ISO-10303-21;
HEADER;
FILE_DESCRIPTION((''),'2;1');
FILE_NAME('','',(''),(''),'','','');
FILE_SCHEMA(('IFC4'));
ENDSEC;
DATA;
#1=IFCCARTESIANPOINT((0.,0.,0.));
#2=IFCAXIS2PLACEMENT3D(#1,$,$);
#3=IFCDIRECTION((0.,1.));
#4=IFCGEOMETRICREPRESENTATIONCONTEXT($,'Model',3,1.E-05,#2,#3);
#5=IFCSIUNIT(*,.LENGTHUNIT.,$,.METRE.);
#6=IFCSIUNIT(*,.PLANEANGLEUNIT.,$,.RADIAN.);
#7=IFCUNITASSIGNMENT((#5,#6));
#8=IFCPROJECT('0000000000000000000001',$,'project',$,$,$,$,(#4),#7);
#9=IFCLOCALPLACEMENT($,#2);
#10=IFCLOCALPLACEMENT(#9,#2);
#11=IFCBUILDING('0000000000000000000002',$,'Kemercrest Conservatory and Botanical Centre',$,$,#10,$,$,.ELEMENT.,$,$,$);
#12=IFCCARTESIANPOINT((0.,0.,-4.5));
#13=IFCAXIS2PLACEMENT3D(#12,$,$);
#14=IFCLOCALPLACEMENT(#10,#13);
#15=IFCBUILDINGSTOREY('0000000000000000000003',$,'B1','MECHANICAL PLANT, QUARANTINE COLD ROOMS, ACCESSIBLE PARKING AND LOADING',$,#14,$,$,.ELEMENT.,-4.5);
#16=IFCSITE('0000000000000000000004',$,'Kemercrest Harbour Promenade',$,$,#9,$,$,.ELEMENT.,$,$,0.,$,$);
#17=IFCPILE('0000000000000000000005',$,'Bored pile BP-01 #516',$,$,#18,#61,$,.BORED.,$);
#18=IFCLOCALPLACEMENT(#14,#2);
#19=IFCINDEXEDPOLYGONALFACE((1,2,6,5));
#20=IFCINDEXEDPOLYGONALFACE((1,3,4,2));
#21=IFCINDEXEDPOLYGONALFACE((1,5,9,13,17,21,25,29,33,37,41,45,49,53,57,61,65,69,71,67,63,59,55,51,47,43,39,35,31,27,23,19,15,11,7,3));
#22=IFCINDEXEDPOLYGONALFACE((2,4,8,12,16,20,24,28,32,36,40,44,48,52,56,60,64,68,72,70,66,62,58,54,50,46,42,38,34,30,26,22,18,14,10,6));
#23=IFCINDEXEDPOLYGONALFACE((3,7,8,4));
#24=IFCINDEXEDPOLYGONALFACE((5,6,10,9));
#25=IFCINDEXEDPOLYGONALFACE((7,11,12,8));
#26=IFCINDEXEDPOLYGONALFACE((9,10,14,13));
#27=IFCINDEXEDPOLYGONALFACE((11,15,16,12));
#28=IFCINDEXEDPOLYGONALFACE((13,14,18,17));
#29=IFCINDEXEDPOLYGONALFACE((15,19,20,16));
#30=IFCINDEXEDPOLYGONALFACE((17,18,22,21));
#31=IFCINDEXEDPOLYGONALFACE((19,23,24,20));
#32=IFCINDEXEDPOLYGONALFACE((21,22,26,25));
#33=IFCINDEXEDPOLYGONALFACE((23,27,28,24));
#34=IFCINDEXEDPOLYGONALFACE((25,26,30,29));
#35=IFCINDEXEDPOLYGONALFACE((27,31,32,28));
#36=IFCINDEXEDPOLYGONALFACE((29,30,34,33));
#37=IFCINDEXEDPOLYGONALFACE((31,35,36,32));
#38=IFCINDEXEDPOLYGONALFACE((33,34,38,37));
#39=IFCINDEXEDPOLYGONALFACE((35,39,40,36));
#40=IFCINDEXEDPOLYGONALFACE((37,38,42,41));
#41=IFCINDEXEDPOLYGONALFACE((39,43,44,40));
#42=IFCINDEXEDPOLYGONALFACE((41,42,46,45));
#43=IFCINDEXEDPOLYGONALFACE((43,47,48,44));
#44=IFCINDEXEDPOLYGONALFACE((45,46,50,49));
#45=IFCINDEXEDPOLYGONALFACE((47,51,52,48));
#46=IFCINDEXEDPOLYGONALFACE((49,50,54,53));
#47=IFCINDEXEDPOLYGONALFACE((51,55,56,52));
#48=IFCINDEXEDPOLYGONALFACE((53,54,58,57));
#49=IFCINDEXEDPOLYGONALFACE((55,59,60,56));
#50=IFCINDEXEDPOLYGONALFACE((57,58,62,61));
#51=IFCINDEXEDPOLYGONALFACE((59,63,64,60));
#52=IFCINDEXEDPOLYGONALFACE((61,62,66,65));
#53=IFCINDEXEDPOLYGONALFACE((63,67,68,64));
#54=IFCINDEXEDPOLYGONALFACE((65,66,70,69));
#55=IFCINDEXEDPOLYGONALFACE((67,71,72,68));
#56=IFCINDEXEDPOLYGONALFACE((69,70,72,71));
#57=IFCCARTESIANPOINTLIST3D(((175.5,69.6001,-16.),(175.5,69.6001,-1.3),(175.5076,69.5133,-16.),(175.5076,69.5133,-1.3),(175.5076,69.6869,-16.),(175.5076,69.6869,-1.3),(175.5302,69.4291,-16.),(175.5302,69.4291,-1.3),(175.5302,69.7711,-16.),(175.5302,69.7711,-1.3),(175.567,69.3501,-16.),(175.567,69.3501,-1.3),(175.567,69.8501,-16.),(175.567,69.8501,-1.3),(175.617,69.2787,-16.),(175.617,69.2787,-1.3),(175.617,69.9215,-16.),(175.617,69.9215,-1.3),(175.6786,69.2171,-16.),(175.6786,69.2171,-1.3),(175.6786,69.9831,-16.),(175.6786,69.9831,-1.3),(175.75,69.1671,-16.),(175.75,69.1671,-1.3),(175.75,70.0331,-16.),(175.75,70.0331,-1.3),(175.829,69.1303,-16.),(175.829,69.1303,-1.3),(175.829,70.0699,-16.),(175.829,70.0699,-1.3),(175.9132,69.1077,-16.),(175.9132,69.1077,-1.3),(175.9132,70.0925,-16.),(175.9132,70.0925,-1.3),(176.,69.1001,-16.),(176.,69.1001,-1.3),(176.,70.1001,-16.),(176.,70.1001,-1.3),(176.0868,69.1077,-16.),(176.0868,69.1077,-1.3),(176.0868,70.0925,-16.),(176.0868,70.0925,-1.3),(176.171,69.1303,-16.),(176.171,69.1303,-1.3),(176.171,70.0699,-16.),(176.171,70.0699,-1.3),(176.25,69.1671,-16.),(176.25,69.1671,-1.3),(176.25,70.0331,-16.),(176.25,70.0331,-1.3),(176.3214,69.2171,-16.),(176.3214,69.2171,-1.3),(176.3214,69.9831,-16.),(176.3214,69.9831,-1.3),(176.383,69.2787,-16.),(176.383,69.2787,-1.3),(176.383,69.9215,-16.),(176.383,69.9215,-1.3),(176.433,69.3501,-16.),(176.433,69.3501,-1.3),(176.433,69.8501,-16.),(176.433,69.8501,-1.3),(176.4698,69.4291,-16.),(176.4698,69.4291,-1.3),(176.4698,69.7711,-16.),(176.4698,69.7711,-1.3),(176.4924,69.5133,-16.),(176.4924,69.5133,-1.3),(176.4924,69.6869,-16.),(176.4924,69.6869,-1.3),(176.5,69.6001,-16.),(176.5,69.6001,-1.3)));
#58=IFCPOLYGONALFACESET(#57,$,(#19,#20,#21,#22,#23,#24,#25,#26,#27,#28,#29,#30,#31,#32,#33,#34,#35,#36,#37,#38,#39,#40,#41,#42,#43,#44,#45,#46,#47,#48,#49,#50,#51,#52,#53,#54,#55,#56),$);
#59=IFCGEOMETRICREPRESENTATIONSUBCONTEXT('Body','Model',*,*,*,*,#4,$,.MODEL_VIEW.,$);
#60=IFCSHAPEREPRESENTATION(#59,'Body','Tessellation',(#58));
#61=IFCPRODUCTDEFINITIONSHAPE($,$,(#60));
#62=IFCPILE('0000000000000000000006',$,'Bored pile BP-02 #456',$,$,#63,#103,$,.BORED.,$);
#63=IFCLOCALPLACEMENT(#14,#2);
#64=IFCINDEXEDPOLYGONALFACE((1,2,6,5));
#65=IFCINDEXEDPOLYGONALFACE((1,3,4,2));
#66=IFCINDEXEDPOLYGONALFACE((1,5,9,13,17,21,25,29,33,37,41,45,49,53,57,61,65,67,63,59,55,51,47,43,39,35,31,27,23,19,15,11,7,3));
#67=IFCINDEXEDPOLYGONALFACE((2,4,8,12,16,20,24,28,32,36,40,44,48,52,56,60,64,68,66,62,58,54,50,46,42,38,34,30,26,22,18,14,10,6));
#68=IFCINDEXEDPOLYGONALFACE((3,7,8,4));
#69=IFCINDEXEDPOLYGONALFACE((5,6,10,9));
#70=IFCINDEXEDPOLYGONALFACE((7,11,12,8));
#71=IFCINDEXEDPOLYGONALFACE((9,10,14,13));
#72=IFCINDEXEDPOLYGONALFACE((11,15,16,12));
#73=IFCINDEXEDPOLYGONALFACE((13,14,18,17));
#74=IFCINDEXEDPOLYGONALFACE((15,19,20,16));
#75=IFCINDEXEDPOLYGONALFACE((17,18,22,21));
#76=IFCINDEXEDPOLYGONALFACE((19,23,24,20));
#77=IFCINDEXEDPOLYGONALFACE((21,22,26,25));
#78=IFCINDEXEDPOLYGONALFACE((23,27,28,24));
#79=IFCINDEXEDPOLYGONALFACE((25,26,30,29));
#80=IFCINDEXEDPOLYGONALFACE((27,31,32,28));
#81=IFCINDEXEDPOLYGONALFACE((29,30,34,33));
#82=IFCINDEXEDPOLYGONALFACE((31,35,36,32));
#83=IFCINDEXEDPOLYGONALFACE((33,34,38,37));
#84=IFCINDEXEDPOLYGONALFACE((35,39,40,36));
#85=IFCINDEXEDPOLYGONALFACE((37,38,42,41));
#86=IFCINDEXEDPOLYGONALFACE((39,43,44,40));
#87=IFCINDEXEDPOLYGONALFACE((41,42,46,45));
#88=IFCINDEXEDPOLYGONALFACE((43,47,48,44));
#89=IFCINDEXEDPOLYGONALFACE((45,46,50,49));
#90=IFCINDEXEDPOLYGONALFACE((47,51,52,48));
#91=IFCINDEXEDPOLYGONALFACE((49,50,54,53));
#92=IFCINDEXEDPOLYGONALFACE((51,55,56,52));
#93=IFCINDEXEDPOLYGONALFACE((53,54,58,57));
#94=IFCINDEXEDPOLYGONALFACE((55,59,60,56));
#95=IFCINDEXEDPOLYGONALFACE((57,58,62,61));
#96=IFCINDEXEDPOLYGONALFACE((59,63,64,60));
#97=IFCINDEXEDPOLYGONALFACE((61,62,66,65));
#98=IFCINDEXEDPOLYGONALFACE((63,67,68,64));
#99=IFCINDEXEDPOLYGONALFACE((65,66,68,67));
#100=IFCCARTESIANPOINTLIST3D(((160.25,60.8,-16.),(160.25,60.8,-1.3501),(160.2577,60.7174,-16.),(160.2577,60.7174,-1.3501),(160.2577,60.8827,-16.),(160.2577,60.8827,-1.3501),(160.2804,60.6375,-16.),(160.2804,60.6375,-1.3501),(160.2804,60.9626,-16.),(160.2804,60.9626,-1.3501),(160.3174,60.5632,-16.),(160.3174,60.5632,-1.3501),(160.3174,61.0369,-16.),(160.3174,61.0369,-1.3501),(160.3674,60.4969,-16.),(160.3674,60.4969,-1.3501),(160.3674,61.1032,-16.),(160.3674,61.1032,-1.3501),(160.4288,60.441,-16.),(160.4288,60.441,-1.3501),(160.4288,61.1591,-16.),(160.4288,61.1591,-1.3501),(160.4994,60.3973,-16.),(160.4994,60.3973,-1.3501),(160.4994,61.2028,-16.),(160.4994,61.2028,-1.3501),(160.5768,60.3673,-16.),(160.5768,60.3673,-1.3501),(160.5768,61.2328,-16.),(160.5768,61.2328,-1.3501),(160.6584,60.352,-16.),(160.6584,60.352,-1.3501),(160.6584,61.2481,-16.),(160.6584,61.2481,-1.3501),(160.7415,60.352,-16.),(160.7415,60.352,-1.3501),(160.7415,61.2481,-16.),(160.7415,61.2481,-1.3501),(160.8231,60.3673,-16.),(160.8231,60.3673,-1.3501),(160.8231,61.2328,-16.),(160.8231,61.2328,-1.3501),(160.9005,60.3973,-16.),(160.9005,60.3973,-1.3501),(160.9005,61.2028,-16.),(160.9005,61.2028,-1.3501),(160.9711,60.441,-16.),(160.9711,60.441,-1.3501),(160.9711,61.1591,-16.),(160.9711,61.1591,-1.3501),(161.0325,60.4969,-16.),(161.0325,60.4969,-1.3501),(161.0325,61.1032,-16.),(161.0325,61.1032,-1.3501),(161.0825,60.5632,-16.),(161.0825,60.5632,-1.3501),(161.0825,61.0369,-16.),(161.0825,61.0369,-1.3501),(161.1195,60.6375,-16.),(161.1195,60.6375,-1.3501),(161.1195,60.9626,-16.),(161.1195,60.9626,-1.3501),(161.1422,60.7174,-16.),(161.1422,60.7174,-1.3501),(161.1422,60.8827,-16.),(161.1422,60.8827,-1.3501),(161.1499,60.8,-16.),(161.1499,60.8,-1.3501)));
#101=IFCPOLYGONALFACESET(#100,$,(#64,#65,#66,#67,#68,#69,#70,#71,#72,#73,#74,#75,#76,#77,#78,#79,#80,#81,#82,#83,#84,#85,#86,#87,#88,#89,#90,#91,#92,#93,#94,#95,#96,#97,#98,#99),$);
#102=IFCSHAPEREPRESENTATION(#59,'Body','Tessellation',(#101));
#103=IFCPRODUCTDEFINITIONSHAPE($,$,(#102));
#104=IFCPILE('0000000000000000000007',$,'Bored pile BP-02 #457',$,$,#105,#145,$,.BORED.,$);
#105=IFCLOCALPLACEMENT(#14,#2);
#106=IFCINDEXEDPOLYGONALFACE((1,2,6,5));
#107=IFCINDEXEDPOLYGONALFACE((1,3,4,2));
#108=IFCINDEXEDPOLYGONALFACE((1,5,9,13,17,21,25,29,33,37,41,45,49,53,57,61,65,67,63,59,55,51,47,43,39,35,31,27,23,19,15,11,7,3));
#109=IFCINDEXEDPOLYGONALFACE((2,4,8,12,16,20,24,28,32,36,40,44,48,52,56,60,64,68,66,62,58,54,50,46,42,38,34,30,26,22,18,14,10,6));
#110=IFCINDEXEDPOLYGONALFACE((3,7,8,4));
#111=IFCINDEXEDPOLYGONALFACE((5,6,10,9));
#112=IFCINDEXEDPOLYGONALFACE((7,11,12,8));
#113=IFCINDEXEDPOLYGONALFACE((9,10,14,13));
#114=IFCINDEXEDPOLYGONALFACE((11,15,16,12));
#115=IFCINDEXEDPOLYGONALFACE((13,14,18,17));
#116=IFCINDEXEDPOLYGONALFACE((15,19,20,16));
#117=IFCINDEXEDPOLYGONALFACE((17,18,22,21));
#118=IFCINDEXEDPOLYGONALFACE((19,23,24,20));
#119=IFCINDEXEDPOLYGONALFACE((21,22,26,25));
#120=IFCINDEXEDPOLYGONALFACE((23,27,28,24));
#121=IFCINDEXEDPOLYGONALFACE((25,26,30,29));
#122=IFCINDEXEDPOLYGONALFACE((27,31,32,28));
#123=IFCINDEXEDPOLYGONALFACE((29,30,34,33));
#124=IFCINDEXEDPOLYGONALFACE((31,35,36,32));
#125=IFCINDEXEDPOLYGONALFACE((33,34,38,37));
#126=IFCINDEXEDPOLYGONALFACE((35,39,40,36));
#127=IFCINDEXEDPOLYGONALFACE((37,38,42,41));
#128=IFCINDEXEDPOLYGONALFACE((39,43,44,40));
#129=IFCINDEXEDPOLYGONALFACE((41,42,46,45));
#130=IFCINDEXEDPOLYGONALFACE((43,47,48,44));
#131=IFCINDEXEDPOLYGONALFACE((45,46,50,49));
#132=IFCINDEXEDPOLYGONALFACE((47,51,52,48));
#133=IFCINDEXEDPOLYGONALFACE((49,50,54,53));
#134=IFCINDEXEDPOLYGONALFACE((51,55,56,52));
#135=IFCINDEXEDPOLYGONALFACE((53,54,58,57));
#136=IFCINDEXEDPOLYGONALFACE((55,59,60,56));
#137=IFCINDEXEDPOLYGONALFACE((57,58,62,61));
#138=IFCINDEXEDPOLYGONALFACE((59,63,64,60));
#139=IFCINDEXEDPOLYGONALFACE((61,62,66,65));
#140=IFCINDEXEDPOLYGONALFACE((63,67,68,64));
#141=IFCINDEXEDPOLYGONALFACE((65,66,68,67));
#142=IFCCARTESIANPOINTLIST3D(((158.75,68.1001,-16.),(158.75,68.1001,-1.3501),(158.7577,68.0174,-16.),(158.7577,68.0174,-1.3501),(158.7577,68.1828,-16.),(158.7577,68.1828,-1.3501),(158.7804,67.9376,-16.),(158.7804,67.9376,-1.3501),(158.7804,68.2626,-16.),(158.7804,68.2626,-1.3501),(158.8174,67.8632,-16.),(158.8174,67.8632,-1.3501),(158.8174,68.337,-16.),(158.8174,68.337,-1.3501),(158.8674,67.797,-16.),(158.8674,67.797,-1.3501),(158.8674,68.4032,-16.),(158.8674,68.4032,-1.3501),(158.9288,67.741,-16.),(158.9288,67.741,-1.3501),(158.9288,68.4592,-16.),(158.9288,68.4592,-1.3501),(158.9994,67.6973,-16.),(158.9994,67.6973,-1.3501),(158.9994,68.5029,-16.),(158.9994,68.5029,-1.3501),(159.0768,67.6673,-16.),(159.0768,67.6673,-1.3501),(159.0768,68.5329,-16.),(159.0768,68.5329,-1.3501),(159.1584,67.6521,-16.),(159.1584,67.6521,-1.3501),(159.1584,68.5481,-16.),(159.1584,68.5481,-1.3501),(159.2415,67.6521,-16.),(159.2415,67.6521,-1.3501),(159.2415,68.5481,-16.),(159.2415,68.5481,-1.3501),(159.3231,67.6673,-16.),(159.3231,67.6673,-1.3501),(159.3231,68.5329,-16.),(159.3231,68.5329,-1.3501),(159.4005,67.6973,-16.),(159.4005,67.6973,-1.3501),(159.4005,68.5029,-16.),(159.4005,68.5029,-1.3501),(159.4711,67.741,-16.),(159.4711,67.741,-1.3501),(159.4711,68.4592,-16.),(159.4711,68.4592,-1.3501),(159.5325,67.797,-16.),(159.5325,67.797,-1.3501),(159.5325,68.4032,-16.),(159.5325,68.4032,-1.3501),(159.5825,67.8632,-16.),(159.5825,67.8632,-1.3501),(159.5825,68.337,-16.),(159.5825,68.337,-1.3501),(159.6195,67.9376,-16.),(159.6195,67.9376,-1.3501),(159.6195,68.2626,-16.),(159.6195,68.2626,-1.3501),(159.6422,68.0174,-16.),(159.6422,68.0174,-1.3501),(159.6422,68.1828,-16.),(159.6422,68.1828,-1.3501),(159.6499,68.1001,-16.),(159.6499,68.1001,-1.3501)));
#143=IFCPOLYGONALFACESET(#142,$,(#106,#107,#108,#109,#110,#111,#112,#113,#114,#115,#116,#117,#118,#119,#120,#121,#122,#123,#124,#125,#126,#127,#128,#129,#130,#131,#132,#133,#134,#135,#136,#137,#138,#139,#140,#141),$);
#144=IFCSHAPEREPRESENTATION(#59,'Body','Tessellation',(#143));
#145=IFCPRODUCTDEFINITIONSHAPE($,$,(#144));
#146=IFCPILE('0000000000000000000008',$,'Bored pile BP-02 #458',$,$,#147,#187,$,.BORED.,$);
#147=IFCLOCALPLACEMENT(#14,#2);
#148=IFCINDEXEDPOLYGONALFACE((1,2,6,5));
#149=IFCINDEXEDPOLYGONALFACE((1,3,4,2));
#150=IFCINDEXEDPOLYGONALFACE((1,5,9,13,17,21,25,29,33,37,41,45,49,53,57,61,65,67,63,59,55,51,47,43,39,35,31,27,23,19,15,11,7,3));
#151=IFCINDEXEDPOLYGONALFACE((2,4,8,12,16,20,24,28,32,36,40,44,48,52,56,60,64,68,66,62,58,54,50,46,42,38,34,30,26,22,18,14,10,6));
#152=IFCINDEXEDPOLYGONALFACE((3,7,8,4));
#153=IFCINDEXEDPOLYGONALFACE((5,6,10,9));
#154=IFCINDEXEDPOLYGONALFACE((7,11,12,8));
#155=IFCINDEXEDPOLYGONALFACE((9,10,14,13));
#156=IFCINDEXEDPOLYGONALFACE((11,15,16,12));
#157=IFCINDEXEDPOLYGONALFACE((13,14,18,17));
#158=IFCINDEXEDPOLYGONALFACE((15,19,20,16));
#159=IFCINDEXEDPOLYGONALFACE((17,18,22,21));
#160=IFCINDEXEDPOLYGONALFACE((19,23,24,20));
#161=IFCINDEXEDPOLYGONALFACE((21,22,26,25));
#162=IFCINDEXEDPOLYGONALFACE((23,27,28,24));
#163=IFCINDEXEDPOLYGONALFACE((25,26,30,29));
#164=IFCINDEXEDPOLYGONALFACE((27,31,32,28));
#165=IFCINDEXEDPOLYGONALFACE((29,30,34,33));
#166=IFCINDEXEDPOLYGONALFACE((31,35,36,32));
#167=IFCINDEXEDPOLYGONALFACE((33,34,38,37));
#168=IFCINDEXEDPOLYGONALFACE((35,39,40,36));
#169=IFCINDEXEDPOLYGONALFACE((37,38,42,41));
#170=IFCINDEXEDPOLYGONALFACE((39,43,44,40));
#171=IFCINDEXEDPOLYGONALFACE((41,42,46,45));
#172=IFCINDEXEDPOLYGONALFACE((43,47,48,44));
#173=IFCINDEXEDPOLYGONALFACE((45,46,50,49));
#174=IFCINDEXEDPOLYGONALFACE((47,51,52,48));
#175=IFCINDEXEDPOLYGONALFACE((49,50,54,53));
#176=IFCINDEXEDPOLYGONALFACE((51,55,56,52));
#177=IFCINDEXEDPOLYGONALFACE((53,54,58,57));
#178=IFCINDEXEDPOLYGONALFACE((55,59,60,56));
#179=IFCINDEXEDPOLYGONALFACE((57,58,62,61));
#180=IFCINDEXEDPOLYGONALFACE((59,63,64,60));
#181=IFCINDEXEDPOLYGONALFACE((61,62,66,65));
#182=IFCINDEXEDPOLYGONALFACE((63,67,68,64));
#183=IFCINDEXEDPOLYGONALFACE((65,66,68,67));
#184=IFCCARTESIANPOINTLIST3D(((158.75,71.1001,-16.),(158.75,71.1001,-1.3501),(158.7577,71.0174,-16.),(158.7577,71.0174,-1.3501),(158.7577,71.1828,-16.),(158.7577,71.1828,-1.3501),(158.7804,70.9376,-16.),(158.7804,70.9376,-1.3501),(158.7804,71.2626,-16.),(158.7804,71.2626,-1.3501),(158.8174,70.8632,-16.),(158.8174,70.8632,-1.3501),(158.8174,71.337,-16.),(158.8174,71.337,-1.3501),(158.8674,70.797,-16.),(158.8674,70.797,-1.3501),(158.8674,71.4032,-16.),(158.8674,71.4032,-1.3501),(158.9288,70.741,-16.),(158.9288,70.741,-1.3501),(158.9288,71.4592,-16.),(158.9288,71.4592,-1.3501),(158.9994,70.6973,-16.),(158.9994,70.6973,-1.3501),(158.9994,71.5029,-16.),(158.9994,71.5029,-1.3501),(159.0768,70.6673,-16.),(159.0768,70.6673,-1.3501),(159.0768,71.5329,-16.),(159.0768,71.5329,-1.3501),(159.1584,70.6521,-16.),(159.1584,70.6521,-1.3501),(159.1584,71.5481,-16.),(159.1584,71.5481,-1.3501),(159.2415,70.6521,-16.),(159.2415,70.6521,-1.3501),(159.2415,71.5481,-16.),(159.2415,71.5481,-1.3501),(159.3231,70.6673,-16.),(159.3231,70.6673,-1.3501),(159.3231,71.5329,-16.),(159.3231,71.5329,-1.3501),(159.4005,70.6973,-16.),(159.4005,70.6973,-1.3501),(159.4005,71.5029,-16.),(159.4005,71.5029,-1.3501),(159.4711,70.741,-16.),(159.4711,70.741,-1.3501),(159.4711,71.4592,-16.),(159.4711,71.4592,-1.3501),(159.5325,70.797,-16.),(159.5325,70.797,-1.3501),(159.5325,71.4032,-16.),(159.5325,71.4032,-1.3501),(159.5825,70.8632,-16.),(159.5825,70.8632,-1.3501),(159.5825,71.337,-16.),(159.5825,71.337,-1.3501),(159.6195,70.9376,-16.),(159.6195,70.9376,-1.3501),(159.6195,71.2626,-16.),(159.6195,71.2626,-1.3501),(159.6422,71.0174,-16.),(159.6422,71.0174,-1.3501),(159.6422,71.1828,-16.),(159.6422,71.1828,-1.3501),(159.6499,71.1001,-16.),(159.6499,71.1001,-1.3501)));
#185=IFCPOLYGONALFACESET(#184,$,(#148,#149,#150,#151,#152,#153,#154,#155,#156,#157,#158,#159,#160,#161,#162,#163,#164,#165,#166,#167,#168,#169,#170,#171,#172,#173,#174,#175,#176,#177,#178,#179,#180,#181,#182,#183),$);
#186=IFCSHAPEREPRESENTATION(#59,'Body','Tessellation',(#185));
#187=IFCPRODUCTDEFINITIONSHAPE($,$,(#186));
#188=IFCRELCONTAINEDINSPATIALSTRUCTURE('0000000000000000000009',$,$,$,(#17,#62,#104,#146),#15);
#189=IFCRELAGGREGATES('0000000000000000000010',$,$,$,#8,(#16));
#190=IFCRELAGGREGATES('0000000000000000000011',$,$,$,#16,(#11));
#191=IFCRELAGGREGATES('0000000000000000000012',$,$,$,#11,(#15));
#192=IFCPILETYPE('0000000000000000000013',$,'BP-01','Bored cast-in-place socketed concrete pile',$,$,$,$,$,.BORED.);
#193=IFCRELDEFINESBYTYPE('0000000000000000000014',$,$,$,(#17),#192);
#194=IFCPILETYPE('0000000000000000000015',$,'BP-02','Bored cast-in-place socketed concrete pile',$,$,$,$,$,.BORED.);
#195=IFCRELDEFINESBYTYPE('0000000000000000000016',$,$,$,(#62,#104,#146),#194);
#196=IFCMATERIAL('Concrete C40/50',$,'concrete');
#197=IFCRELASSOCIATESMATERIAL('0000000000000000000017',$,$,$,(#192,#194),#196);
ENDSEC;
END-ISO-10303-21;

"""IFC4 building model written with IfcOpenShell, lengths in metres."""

from ifc_helpers import new_model, si_unit, direction, frame, origin, origin_2d, place, context, subcontext, project, spatial, circle, extrude, material, material_profile, profile_set, type_object, element, save


model = new_model("IFC4")

# Units and contexts
model_context = context("Model", 3, precision=1e-05, world=origin(), true_north=direction((0.0, 1.0)))
body_context = subcontext(model_context, "Body", "Model", "MODEL_VIEW")
ifc_project = project(units=[si_unit("LENGTHUNIT", "METRE"), si_unit("PLANEANGLEUNIT", "RADIAN")], contexts=[model_context])

# Site, building, storey
site_placement = place(None, origin())
site = spatial("IfcSite", under=ifc_project, at=site_placement, Name="Kemercrest Harbour Promenade", CompositionType="ELEMENT", RefElevation=0.0)
building_placement = place(site_placement, origin())
building = spatial("IfcBuilding", under=site, at=building_placement, Name="Kemercrest Conservatory and Botanical Centre", CompositionType="ELEMENT")
storey_placement = place(building_placement, frame((0.0, 0.0, -4.5)))
storey = spatial("IfcBuildingStorey", under=building, at=storey_placement, Name="B1", Description="MECHANICAL PLANT, QUARANTINE COLD ROOMS, ACCESSIBLE PARKING AND LOADING", CompositionType="ELEMENT", Elevation=-4.5)

# Piles
ifc_material_1 = material(Name="Concrete C40/50", Category="concrete")
ifc_material_profile_1 = material_profile(ifc_material_1, circle(Radius=0.5, at=origin_2d()), Name="BORED PILE 1000")
ifc_profile_set_1 = profile_set([ifc_material_profile_1], Name="Concrete C40/50")
pile_type_1 = type_object("IfcPileType", Name="BP-01", Description="Bored cast-in-place socketed concrete pile", PredefinedType="BORED", material=ifc_profile_set_1)
pile_1_placement = place(storey_placement, frame((176.0, 69.6001, -1.3), z_axis=(0.0, 0.0, -1.0), x_axis=(1.0, 0.0, 0.0)))
element("IfcPile", 1, at=pile_1_placement, inside=storey, type_object=pile_type_1, Name="Bored pile BP-01 #516", PredefinedType="BORED", context=body_context, shape_type="SweptSolid", body=[
    extrude(circle(Radius=0.5, at=origin_2d()), origin(), (0.0, 0.0, 1.0), 14.7),
])
ifc_material_profile_2 = material_profile(ifc_material_1, circle(Radius=0.45, at=origin_2d()), Name="BORED PILE 900")
ifc_profile_set_2 = profile_set([ifc_material_profile_2], Name="Concrete C40/50")
pile_type_2 = type_object("IfcPileType", Name="BP-02", Description="Bored cast-in-place socketed concrete pile", PredefinedType="BORED", material=ifc_profile_set_2)
for number, where, z_axis, x_axis, name in (
    (2, (160.7, 60.8, -1.3501), (0.0, 0.0, -1.0), (1.0, 0.0, 0.0), "Bored pile BP-02 #456"),
    (3, (159.2, 68.1001, -1.3501), (0.0, 0.0, -1.0), (1.0, 0.0, 0.0), "Bored pile BP-02 #457"),
    (4, (159.2, 71.1001, -1.3501), (0.0, 0.0, -1.0), (1.0, 0.0, 0.0), "Bored pile BP-02 #458"),
):
    element("IfcPile", number, at=place(storey_placement, frame(where, z_axis=z_axis, x_axis=x_axis)), inside=storey, type_object=pile_type_2, Name=name, PredefinedType="BORED", context=body_context, shape_type="SweptSolid", body=[
        extrude(circle(Radius=0.45, at=origin_2d()), origin(), (0.0, 0.0, 1.0), 14.6499),
    ])

save(model, "model.ifc")
